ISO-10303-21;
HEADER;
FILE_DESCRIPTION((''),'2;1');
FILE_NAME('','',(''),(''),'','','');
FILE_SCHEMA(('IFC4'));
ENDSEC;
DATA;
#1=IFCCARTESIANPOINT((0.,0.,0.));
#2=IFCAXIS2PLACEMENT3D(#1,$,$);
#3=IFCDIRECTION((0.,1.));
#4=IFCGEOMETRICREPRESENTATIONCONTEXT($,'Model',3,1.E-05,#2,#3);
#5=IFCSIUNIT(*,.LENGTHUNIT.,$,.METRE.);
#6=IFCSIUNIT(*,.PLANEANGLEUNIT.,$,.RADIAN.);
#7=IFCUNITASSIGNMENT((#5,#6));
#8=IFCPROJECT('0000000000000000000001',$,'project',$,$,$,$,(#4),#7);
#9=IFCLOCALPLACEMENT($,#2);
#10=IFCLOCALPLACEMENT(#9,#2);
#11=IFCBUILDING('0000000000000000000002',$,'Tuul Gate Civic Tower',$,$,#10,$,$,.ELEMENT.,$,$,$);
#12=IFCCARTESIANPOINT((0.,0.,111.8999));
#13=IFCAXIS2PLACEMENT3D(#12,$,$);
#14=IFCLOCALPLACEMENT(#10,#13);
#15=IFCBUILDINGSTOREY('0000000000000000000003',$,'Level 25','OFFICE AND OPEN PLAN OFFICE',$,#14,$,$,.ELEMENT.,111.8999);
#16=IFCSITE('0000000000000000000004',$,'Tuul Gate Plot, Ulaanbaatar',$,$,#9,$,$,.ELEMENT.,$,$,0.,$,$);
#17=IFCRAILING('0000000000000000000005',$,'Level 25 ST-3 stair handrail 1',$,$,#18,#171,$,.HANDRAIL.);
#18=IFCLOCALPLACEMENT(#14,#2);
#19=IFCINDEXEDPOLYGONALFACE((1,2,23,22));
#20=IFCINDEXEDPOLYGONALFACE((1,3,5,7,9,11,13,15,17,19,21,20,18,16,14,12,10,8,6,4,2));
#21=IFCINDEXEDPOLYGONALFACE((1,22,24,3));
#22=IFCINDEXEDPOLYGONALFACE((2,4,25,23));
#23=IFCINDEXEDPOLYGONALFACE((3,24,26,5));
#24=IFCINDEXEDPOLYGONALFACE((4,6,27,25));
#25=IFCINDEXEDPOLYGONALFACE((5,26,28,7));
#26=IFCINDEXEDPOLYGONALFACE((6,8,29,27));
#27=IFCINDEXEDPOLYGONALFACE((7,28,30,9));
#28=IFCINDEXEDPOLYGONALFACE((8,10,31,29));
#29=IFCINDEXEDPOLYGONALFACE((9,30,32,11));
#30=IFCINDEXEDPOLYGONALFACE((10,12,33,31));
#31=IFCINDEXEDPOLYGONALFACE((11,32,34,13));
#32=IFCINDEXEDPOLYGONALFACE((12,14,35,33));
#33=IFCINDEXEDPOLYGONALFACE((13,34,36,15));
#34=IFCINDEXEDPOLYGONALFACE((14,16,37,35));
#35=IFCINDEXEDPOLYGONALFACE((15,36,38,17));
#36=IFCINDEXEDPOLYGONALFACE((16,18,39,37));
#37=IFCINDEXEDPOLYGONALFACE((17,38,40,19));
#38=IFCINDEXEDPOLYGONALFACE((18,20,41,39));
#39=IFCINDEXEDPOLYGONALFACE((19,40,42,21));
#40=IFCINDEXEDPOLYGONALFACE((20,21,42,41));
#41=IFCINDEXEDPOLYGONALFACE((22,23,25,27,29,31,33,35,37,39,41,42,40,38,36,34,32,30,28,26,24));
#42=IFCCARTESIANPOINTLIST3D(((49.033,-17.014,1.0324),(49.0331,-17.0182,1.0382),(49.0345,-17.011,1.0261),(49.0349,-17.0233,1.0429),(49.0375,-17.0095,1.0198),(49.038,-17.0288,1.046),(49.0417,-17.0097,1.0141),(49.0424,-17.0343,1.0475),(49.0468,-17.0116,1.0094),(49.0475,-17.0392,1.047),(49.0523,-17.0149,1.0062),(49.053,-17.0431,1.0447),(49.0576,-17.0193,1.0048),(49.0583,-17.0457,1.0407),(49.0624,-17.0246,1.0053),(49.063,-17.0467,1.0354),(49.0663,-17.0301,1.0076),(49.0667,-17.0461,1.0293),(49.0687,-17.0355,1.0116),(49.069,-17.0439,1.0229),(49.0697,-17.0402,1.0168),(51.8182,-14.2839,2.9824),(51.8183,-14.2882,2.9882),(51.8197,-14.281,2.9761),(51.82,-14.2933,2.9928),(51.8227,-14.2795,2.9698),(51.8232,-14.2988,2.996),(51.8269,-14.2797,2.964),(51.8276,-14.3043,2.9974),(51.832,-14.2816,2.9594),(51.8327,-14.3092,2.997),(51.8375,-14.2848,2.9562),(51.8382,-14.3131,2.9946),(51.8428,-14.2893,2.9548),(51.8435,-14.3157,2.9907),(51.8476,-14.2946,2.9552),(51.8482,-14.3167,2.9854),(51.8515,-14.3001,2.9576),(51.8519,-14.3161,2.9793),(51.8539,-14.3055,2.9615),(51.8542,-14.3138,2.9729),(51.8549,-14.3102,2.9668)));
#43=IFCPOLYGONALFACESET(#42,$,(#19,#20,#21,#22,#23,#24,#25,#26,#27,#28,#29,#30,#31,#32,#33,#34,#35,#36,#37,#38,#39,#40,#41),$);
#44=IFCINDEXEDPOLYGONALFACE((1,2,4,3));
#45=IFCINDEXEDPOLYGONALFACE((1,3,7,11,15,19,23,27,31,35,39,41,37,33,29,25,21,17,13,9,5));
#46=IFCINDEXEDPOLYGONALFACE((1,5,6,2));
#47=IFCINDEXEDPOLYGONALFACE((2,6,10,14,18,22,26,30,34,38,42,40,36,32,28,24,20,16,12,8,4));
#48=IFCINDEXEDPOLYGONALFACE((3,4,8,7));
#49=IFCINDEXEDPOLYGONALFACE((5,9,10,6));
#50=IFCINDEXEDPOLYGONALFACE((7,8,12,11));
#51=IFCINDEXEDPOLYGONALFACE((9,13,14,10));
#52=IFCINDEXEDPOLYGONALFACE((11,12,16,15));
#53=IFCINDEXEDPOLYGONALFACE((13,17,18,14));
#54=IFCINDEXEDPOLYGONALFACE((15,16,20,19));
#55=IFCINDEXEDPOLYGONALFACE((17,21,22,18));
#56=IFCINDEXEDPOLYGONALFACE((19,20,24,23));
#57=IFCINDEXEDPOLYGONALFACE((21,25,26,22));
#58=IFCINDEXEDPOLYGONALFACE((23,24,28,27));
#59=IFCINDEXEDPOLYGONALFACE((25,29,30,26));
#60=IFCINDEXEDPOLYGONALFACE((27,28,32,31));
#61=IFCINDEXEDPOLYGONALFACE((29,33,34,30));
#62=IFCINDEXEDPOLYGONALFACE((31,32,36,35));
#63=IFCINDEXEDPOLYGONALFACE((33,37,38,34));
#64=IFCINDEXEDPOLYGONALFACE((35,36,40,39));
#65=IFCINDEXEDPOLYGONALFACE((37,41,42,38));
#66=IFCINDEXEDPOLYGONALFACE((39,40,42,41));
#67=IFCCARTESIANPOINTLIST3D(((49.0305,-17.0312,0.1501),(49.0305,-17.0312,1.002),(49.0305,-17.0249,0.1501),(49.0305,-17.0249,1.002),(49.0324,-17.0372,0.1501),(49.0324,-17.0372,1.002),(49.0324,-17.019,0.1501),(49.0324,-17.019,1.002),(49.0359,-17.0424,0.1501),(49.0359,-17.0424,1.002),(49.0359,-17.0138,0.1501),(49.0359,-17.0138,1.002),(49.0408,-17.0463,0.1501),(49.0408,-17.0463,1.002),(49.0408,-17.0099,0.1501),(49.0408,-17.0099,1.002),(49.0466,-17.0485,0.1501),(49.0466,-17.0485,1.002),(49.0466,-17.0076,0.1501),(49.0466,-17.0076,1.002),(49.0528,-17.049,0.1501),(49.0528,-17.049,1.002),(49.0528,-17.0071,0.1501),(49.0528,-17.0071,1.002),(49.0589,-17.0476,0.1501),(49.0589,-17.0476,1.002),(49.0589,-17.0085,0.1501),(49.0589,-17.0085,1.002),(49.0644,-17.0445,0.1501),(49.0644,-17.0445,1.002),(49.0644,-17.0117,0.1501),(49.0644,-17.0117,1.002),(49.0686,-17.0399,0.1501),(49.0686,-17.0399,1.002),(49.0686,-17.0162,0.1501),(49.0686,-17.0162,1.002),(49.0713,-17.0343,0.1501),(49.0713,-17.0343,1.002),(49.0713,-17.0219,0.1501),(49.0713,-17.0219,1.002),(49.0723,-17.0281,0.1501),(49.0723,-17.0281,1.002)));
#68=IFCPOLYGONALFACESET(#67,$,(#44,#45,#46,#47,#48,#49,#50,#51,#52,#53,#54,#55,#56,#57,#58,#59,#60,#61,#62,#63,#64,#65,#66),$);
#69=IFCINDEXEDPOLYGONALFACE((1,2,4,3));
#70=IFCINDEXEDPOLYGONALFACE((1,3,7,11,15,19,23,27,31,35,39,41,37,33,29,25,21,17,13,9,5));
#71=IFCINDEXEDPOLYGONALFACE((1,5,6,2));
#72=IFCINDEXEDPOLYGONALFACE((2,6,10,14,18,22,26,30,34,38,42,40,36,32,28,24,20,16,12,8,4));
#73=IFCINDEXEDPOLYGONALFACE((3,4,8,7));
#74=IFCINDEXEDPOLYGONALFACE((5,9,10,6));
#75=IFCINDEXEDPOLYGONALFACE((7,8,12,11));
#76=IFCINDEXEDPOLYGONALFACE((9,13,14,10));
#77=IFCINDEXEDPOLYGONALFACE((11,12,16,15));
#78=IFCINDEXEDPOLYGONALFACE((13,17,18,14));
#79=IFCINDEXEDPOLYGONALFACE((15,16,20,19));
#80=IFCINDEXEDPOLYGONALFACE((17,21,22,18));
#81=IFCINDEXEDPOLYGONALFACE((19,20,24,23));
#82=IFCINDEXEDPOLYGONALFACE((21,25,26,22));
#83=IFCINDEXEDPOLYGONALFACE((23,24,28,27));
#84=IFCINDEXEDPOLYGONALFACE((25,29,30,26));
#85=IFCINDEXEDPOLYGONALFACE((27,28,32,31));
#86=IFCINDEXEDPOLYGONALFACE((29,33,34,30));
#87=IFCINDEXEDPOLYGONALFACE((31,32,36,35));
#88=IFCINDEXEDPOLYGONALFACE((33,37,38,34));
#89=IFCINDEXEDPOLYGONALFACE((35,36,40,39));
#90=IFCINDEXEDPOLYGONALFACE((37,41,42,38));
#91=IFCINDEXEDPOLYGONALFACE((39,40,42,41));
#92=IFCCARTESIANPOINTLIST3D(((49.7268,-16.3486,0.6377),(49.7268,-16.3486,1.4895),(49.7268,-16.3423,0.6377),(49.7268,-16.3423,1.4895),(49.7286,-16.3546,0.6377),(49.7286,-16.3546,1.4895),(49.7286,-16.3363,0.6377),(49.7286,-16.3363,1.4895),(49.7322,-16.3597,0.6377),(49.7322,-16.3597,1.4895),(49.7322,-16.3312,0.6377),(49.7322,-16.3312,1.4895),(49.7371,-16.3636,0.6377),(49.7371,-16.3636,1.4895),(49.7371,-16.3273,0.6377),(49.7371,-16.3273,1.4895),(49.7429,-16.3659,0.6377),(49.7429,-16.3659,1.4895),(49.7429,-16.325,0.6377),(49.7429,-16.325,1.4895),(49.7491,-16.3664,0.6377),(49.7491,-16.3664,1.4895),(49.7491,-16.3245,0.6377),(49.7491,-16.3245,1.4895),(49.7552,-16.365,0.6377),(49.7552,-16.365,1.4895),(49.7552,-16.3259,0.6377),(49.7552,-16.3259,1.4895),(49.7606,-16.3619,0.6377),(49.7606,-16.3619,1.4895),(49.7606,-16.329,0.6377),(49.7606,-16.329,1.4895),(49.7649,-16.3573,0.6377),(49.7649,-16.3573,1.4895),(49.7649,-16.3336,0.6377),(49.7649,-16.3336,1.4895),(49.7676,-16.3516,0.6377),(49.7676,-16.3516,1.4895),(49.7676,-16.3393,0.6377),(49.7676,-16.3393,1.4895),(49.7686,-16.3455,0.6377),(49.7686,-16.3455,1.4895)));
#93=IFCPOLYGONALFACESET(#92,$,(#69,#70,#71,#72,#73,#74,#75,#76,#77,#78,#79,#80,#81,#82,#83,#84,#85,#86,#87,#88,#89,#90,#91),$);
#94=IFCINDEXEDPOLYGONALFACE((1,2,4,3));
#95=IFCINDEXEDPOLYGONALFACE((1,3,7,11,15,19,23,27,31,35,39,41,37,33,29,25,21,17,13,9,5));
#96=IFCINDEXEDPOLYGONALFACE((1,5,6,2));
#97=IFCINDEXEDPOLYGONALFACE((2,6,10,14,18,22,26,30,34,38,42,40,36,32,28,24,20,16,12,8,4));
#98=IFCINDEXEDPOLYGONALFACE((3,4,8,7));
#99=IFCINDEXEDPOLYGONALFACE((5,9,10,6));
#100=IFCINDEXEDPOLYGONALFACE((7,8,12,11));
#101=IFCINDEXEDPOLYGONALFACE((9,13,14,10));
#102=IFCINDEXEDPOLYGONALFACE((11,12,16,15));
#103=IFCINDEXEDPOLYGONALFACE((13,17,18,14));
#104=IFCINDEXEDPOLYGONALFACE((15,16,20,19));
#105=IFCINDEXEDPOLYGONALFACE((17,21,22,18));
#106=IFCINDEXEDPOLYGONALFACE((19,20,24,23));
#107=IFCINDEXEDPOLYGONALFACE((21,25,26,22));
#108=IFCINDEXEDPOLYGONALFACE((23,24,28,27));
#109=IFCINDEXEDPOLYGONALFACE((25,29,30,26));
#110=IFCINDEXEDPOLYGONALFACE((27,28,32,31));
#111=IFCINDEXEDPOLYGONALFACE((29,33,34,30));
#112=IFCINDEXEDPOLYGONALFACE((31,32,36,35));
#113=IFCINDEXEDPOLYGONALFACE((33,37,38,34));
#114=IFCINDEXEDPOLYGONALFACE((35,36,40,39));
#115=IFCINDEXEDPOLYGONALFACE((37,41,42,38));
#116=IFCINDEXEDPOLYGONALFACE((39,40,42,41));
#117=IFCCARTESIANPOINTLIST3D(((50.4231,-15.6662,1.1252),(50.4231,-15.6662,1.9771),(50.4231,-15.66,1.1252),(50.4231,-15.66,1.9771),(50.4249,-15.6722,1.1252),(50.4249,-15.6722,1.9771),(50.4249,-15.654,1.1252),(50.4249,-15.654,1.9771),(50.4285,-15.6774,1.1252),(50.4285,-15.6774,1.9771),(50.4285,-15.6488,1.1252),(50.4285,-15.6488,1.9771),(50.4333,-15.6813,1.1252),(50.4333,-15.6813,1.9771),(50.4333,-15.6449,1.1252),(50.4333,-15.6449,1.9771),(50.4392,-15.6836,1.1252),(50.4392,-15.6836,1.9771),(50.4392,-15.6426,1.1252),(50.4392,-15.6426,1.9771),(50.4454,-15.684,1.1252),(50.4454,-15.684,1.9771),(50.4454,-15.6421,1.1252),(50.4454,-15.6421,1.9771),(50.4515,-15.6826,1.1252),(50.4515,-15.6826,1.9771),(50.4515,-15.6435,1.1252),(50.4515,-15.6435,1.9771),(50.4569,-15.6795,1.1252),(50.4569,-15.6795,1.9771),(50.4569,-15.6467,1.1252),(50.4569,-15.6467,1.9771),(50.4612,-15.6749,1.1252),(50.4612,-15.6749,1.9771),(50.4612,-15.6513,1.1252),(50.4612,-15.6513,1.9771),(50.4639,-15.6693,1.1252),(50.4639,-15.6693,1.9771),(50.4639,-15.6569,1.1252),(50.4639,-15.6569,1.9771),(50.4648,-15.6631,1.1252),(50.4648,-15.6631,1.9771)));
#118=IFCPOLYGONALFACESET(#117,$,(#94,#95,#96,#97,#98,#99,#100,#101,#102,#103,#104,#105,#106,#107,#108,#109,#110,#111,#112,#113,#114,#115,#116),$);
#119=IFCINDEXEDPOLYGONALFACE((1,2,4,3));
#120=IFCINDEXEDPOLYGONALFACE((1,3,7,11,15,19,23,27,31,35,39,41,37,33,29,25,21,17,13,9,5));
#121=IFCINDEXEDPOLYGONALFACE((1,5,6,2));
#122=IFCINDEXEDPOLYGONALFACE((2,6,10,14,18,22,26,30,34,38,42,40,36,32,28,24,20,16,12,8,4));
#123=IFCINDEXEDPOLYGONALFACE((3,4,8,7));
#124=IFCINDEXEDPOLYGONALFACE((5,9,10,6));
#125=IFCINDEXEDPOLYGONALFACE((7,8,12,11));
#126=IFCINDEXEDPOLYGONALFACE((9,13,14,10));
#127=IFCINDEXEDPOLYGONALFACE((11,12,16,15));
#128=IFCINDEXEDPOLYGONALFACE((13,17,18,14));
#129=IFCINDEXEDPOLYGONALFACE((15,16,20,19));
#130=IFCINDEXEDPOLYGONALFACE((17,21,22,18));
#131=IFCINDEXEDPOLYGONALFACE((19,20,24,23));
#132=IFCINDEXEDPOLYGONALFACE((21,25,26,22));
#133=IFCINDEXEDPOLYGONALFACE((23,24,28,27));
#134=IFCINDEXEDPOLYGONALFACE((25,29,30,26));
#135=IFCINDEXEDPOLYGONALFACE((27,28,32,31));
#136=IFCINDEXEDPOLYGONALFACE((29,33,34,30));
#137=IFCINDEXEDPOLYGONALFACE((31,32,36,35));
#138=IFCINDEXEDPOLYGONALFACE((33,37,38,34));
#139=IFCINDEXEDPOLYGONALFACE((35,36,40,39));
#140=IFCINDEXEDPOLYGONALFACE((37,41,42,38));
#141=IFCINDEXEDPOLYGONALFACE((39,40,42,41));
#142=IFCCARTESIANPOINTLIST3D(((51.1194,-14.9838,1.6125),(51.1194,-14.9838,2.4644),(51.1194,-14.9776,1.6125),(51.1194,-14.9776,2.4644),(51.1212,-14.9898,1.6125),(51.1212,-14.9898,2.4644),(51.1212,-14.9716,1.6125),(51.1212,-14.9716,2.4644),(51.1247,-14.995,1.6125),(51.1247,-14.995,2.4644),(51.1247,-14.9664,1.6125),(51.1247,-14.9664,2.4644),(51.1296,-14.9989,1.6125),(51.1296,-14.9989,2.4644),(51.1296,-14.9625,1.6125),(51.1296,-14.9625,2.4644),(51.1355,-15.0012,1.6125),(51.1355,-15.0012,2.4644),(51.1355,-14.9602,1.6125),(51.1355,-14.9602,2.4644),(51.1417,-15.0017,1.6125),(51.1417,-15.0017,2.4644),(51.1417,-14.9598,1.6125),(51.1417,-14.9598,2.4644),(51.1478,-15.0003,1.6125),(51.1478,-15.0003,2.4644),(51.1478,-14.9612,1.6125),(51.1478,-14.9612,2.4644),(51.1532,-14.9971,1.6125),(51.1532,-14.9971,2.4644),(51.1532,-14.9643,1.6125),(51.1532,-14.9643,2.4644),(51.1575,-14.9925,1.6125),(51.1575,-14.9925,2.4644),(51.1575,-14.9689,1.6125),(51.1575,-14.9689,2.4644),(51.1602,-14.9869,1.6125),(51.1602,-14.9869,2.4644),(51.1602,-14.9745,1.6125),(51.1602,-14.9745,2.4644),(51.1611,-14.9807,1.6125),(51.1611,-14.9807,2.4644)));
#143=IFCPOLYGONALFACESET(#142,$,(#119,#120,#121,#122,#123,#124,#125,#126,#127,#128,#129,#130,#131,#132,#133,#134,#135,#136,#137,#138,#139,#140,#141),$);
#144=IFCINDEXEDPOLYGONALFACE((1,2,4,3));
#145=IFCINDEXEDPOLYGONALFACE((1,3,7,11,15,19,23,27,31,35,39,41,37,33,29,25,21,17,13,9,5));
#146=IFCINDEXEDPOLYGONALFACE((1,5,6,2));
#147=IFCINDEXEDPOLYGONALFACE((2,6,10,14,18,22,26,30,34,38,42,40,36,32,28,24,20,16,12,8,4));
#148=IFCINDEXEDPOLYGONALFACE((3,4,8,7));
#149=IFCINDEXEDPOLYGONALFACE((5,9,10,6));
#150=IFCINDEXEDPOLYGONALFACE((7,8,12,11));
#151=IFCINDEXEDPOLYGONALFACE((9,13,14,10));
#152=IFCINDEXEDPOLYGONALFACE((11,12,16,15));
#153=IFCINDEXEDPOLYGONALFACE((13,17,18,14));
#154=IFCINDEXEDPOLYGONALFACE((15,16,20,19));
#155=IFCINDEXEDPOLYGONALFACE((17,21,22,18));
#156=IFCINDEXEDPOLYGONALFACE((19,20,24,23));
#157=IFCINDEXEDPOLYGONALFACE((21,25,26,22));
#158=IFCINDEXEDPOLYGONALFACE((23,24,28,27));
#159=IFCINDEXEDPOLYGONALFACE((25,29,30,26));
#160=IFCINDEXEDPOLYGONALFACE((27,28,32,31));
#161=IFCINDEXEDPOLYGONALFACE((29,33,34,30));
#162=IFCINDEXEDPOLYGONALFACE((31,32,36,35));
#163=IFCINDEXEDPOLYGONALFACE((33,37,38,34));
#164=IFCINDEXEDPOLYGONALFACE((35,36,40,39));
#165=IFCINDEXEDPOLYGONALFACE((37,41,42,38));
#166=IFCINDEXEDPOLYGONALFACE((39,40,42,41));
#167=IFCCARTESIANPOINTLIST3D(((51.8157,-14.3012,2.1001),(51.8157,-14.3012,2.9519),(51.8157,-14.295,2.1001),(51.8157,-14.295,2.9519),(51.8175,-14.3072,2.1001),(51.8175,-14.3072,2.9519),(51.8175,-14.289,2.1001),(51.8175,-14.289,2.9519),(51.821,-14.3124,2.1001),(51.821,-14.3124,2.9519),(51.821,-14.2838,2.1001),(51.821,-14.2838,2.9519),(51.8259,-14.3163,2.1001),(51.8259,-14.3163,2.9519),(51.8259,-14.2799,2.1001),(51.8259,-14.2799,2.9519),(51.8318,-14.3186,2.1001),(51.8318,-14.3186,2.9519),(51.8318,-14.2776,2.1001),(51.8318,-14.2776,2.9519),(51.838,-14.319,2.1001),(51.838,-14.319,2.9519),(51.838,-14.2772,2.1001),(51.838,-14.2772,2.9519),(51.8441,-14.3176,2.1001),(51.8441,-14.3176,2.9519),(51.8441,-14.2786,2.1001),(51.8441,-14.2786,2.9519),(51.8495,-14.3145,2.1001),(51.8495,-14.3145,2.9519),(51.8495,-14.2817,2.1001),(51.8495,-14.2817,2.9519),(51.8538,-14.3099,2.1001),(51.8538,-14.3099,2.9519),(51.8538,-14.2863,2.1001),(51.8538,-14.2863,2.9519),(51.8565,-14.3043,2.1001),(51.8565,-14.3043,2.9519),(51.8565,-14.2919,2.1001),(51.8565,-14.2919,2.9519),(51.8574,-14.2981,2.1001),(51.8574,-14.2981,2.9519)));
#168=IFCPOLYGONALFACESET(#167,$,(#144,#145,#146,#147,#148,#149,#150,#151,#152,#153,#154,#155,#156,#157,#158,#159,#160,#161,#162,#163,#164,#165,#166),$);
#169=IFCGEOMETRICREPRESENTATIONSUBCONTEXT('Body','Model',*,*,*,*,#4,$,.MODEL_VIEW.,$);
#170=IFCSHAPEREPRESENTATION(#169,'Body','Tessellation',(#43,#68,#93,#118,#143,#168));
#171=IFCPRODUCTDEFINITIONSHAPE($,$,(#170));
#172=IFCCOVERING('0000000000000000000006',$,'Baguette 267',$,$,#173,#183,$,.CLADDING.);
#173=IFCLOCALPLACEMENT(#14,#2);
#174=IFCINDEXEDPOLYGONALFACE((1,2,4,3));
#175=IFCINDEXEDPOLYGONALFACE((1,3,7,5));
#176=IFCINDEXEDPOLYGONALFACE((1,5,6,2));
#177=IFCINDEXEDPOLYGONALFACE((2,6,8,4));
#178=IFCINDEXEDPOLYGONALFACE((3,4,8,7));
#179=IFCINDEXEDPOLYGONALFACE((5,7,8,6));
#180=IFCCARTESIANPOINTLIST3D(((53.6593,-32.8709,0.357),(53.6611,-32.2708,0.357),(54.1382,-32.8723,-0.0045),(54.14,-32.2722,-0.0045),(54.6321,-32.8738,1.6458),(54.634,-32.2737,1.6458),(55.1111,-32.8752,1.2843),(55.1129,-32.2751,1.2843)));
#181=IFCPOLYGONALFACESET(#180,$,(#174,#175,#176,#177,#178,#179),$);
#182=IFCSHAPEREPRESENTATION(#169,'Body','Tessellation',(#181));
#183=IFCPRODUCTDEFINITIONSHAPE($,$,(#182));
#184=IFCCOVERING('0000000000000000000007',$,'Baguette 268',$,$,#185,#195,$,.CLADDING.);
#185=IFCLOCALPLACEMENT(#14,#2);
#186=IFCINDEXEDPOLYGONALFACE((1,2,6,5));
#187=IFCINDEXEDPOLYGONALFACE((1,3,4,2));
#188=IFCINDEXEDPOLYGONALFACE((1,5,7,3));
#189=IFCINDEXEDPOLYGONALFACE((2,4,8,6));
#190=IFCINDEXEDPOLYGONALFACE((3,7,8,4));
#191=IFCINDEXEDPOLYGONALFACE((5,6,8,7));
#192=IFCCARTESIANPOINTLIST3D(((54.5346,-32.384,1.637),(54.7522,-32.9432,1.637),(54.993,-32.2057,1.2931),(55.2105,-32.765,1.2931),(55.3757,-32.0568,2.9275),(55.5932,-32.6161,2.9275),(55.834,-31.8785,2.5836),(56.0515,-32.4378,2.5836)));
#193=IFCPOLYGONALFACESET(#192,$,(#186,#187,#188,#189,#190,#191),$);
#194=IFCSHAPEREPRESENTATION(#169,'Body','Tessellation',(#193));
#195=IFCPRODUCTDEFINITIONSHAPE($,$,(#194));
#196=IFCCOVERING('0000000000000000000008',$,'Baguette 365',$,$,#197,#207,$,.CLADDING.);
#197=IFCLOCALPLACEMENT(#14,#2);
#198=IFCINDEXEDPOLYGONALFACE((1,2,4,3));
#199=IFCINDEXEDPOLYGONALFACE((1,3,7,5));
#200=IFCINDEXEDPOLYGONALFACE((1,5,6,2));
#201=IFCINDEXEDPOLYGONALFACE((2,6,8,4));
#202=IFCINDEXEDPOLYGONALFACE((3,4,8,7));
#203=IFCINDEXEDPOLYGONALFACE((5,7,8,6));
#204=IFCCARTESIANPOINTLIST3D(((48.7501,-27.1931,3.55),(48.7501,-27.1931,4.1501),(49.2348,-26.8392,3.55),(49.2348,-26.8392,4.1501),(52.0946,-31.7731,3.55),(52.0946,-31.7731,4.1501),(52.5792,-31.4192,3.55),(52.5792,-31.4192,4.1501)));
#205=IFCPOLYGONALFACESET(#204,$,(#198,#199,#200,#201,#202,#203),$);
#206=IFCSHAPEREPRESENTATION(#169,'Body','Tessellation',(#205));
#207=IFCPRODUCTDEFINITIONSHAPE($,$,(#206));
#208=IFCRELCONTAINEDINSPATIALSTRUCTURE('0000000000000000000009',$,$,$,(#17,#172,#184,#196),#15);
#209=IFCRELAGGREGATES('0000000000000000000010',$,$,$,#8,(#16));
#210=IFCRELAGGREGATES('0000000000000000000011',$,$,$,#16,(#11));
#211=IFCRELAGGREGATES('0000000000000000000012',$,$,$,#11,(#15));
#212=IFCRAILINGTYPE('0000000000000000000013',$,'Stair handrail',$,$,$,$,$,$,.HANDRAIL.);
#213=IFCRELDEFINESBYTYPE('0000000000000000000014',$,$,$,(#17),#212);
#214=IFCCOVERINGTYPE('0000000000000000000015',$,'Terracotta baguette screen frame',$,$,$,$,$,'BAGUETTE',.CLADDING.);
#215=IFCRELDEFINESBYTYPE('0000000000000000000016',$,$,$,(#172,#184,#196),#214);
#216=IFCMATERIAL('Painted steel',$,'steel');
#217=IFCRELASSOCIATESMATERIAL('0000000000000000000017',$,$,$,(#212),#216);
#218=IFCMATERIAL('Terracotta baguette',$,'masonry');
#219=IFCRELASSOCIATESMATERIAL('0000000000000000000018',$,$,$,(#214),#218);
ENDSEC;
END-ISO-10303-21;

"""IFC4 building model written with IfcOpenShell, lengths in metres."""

from ifc_helpers import new_model, si_unit, direction, frame, origin, origin_2d, place, context, subcontext, project, spatial, rectangle, circle, extrude, material, material_profile, profile_set, type_object, element, save


model = new_model("IFC4")

# Units and contexts
model_context = context("Model", 3, precision=1e-05, world=origin(), true_north=direction((0.0, 1.0)))
body_context = subcontext(model_context, "Body", "Model", "MODEL_VIEW")
ifc_project = project(units=[si_unit("LENGTHUNIT", "METRE"), si_unit("PLANEANGLEUNIT", "RADIAN")], contexts=[model_context])

# Site, building, storey
site_placement = place(None, origin())
site = spatial("IfcSite", under=ifc_project, at=site_placement, Name="Tuul Gate Plot, Ulaanbaatar", CompositionType="ELEMENT", RefElevation=0.0)
building_placement = place(site_placement, origin())
building = spatial("IfcBuilding", under=site, at=building_placement, Name="Tuul Gate Civic Tower", CompositionType="ELEMENT")
storey_placement = place(building_placement, frame((0.0, 0.0, 111.8999)))
storey = spatial("IfcBuildingStorey", under=building, at=storey_placement, Name="Level 25", Description="OFFICE AND OPEN PLAN OFFICE", CompositionType="ELEMENT", Elevation=111.8999)

# Railing
ifc_material_1 = material(Name="Painted steel", Category="steel")
railing_type = type_object("IfcRailingType", Name="Stair handrail", PredefinedType="HANDRAIL", material=ifc_material_1)
railing_placement = place(storey_placement, frame((49.0513, -17.0281, 0.1501)))
element("IfcRailing", 1, at=railing_placement, inside=storey, type_object=railing_type, Name="Level 25 ST-3 stair handrail 1", PredefinedType="HANDRAIL", context=body_context, shape_type="SweptSolid", body=[
    extrude(circle(Radius=0.0239, at=origin_2d()), frame((0.0, 0.0, 0.876), z_axis=(0.638754, 0.6261, 0.447206), x_axis=(-0.699998, 0.714145, 0.0)), (0.0, 0.0, 1.0), 4.3604),
    extrude(circle(Radius=0.021, at=origin_2d()), origin(), (0.0, 0.0, 1.0), 0.8518),
    extrude(circle(Radius=0.021, at=origin_2d()), frame((0.6963, 0.6826, 0.4875)), (0.0, 0.0, 1.0), 0.8518),
    extrude(circle(Radius=0.021, at=origin_2d()), frame((1.3926, 1.365, 0.9751)), (0.0, 0.0, 1.0), 0.8518),
    extrude(circle(Radius=0.021, at=origin_2d()), frame((2.0889, 2.0474, 1.4624)), (0.0, 0.0, 1.0), 0.8518),
    extrude(circle(Radius=0.021, at=origin_2d()), frame((2.7852, 2.73, 1.95)), (0.0, 0.0, 1.0), 0.8518),
])

# Coverings
ifc_material_2 = material(Name="Terracotta baguette", Category="masonry")
ifc_material_profile_1 = material_profile(ifc_material_2, rectangle(XDim=0.6001, YDim=0.6001, at=origin_2d()), Name="Terracotta baguette screen frame")
ifc_profile_set_1 = profile_set([ifc_material_profile_1], Name="Terracotta baguette")
covering_type = type_object("IfcCoveringType", Name="Terracotta baguette screen frame", ElementType="BAGUETTE", PredefinedType="CLADDING", material=ifc_profile_set_1)
covering_1_placement = place(storey_placement, frame((53.8997, -32.5715, 0.1763), z_axis=(0.602488, -0.001814, 0.798126), x_axis=(0.003011, 0.999995, 0.0)))
element("IfcCovering", 2, at=covering_1_placement, inside=storey, type_object=covering_type, Name="Baguette 267", PredefinedType="CLADDING", context=body_context, shape_type="SweptSolid", body=[
    extrude(rectangle(XDim=0.6001, YDim=0.6001, at=origin_2d()), origin(), (0.0, 0.0, 1.0), 1.6147),
])
covering_2_placement = place(storey_placement, frame((54.8726, -32.5745, 1.4651), z_axis=(0.53409, 0.207745, 0.819506), x_axis=(-0.362512, 0.931979, 0.0)))
element("IfcCovering", 3, at=covering_2_placement, inside=storey, type_object=covering_type, Name="Baguette 268", PredefinedType="CLADDING", context=body_context, shape_type="SweptSolid", body=[
    extrude(rectangle(XDim=0.6001, YDim=0.6001, at=origin_2d()), origin(), (0.0, 0.0, 1.0), 1.5747),
])
covering_3_placement = place(storey_placement, frame((48.9924, -27.0161, 3.8501), z_axis=(0.589729, -0.807601, 0.0), x_axis=(0.807601, 0.589729, 0.0)))
element("IfcCovering", 4, at=covering_3_placement, inside=storey, type_object=covering_type, Name="Baguette 365", PredefinedType="CLADDING", context=body_context, shape_type="SweptSolid", body=[
    extrude(rectangle(XDim=0.6001, YDim=0.6001, at=origin_2d()), origin(), (0.0, 0.0, 1.0), 5.6711),
])

save(model, "model.ifc")
